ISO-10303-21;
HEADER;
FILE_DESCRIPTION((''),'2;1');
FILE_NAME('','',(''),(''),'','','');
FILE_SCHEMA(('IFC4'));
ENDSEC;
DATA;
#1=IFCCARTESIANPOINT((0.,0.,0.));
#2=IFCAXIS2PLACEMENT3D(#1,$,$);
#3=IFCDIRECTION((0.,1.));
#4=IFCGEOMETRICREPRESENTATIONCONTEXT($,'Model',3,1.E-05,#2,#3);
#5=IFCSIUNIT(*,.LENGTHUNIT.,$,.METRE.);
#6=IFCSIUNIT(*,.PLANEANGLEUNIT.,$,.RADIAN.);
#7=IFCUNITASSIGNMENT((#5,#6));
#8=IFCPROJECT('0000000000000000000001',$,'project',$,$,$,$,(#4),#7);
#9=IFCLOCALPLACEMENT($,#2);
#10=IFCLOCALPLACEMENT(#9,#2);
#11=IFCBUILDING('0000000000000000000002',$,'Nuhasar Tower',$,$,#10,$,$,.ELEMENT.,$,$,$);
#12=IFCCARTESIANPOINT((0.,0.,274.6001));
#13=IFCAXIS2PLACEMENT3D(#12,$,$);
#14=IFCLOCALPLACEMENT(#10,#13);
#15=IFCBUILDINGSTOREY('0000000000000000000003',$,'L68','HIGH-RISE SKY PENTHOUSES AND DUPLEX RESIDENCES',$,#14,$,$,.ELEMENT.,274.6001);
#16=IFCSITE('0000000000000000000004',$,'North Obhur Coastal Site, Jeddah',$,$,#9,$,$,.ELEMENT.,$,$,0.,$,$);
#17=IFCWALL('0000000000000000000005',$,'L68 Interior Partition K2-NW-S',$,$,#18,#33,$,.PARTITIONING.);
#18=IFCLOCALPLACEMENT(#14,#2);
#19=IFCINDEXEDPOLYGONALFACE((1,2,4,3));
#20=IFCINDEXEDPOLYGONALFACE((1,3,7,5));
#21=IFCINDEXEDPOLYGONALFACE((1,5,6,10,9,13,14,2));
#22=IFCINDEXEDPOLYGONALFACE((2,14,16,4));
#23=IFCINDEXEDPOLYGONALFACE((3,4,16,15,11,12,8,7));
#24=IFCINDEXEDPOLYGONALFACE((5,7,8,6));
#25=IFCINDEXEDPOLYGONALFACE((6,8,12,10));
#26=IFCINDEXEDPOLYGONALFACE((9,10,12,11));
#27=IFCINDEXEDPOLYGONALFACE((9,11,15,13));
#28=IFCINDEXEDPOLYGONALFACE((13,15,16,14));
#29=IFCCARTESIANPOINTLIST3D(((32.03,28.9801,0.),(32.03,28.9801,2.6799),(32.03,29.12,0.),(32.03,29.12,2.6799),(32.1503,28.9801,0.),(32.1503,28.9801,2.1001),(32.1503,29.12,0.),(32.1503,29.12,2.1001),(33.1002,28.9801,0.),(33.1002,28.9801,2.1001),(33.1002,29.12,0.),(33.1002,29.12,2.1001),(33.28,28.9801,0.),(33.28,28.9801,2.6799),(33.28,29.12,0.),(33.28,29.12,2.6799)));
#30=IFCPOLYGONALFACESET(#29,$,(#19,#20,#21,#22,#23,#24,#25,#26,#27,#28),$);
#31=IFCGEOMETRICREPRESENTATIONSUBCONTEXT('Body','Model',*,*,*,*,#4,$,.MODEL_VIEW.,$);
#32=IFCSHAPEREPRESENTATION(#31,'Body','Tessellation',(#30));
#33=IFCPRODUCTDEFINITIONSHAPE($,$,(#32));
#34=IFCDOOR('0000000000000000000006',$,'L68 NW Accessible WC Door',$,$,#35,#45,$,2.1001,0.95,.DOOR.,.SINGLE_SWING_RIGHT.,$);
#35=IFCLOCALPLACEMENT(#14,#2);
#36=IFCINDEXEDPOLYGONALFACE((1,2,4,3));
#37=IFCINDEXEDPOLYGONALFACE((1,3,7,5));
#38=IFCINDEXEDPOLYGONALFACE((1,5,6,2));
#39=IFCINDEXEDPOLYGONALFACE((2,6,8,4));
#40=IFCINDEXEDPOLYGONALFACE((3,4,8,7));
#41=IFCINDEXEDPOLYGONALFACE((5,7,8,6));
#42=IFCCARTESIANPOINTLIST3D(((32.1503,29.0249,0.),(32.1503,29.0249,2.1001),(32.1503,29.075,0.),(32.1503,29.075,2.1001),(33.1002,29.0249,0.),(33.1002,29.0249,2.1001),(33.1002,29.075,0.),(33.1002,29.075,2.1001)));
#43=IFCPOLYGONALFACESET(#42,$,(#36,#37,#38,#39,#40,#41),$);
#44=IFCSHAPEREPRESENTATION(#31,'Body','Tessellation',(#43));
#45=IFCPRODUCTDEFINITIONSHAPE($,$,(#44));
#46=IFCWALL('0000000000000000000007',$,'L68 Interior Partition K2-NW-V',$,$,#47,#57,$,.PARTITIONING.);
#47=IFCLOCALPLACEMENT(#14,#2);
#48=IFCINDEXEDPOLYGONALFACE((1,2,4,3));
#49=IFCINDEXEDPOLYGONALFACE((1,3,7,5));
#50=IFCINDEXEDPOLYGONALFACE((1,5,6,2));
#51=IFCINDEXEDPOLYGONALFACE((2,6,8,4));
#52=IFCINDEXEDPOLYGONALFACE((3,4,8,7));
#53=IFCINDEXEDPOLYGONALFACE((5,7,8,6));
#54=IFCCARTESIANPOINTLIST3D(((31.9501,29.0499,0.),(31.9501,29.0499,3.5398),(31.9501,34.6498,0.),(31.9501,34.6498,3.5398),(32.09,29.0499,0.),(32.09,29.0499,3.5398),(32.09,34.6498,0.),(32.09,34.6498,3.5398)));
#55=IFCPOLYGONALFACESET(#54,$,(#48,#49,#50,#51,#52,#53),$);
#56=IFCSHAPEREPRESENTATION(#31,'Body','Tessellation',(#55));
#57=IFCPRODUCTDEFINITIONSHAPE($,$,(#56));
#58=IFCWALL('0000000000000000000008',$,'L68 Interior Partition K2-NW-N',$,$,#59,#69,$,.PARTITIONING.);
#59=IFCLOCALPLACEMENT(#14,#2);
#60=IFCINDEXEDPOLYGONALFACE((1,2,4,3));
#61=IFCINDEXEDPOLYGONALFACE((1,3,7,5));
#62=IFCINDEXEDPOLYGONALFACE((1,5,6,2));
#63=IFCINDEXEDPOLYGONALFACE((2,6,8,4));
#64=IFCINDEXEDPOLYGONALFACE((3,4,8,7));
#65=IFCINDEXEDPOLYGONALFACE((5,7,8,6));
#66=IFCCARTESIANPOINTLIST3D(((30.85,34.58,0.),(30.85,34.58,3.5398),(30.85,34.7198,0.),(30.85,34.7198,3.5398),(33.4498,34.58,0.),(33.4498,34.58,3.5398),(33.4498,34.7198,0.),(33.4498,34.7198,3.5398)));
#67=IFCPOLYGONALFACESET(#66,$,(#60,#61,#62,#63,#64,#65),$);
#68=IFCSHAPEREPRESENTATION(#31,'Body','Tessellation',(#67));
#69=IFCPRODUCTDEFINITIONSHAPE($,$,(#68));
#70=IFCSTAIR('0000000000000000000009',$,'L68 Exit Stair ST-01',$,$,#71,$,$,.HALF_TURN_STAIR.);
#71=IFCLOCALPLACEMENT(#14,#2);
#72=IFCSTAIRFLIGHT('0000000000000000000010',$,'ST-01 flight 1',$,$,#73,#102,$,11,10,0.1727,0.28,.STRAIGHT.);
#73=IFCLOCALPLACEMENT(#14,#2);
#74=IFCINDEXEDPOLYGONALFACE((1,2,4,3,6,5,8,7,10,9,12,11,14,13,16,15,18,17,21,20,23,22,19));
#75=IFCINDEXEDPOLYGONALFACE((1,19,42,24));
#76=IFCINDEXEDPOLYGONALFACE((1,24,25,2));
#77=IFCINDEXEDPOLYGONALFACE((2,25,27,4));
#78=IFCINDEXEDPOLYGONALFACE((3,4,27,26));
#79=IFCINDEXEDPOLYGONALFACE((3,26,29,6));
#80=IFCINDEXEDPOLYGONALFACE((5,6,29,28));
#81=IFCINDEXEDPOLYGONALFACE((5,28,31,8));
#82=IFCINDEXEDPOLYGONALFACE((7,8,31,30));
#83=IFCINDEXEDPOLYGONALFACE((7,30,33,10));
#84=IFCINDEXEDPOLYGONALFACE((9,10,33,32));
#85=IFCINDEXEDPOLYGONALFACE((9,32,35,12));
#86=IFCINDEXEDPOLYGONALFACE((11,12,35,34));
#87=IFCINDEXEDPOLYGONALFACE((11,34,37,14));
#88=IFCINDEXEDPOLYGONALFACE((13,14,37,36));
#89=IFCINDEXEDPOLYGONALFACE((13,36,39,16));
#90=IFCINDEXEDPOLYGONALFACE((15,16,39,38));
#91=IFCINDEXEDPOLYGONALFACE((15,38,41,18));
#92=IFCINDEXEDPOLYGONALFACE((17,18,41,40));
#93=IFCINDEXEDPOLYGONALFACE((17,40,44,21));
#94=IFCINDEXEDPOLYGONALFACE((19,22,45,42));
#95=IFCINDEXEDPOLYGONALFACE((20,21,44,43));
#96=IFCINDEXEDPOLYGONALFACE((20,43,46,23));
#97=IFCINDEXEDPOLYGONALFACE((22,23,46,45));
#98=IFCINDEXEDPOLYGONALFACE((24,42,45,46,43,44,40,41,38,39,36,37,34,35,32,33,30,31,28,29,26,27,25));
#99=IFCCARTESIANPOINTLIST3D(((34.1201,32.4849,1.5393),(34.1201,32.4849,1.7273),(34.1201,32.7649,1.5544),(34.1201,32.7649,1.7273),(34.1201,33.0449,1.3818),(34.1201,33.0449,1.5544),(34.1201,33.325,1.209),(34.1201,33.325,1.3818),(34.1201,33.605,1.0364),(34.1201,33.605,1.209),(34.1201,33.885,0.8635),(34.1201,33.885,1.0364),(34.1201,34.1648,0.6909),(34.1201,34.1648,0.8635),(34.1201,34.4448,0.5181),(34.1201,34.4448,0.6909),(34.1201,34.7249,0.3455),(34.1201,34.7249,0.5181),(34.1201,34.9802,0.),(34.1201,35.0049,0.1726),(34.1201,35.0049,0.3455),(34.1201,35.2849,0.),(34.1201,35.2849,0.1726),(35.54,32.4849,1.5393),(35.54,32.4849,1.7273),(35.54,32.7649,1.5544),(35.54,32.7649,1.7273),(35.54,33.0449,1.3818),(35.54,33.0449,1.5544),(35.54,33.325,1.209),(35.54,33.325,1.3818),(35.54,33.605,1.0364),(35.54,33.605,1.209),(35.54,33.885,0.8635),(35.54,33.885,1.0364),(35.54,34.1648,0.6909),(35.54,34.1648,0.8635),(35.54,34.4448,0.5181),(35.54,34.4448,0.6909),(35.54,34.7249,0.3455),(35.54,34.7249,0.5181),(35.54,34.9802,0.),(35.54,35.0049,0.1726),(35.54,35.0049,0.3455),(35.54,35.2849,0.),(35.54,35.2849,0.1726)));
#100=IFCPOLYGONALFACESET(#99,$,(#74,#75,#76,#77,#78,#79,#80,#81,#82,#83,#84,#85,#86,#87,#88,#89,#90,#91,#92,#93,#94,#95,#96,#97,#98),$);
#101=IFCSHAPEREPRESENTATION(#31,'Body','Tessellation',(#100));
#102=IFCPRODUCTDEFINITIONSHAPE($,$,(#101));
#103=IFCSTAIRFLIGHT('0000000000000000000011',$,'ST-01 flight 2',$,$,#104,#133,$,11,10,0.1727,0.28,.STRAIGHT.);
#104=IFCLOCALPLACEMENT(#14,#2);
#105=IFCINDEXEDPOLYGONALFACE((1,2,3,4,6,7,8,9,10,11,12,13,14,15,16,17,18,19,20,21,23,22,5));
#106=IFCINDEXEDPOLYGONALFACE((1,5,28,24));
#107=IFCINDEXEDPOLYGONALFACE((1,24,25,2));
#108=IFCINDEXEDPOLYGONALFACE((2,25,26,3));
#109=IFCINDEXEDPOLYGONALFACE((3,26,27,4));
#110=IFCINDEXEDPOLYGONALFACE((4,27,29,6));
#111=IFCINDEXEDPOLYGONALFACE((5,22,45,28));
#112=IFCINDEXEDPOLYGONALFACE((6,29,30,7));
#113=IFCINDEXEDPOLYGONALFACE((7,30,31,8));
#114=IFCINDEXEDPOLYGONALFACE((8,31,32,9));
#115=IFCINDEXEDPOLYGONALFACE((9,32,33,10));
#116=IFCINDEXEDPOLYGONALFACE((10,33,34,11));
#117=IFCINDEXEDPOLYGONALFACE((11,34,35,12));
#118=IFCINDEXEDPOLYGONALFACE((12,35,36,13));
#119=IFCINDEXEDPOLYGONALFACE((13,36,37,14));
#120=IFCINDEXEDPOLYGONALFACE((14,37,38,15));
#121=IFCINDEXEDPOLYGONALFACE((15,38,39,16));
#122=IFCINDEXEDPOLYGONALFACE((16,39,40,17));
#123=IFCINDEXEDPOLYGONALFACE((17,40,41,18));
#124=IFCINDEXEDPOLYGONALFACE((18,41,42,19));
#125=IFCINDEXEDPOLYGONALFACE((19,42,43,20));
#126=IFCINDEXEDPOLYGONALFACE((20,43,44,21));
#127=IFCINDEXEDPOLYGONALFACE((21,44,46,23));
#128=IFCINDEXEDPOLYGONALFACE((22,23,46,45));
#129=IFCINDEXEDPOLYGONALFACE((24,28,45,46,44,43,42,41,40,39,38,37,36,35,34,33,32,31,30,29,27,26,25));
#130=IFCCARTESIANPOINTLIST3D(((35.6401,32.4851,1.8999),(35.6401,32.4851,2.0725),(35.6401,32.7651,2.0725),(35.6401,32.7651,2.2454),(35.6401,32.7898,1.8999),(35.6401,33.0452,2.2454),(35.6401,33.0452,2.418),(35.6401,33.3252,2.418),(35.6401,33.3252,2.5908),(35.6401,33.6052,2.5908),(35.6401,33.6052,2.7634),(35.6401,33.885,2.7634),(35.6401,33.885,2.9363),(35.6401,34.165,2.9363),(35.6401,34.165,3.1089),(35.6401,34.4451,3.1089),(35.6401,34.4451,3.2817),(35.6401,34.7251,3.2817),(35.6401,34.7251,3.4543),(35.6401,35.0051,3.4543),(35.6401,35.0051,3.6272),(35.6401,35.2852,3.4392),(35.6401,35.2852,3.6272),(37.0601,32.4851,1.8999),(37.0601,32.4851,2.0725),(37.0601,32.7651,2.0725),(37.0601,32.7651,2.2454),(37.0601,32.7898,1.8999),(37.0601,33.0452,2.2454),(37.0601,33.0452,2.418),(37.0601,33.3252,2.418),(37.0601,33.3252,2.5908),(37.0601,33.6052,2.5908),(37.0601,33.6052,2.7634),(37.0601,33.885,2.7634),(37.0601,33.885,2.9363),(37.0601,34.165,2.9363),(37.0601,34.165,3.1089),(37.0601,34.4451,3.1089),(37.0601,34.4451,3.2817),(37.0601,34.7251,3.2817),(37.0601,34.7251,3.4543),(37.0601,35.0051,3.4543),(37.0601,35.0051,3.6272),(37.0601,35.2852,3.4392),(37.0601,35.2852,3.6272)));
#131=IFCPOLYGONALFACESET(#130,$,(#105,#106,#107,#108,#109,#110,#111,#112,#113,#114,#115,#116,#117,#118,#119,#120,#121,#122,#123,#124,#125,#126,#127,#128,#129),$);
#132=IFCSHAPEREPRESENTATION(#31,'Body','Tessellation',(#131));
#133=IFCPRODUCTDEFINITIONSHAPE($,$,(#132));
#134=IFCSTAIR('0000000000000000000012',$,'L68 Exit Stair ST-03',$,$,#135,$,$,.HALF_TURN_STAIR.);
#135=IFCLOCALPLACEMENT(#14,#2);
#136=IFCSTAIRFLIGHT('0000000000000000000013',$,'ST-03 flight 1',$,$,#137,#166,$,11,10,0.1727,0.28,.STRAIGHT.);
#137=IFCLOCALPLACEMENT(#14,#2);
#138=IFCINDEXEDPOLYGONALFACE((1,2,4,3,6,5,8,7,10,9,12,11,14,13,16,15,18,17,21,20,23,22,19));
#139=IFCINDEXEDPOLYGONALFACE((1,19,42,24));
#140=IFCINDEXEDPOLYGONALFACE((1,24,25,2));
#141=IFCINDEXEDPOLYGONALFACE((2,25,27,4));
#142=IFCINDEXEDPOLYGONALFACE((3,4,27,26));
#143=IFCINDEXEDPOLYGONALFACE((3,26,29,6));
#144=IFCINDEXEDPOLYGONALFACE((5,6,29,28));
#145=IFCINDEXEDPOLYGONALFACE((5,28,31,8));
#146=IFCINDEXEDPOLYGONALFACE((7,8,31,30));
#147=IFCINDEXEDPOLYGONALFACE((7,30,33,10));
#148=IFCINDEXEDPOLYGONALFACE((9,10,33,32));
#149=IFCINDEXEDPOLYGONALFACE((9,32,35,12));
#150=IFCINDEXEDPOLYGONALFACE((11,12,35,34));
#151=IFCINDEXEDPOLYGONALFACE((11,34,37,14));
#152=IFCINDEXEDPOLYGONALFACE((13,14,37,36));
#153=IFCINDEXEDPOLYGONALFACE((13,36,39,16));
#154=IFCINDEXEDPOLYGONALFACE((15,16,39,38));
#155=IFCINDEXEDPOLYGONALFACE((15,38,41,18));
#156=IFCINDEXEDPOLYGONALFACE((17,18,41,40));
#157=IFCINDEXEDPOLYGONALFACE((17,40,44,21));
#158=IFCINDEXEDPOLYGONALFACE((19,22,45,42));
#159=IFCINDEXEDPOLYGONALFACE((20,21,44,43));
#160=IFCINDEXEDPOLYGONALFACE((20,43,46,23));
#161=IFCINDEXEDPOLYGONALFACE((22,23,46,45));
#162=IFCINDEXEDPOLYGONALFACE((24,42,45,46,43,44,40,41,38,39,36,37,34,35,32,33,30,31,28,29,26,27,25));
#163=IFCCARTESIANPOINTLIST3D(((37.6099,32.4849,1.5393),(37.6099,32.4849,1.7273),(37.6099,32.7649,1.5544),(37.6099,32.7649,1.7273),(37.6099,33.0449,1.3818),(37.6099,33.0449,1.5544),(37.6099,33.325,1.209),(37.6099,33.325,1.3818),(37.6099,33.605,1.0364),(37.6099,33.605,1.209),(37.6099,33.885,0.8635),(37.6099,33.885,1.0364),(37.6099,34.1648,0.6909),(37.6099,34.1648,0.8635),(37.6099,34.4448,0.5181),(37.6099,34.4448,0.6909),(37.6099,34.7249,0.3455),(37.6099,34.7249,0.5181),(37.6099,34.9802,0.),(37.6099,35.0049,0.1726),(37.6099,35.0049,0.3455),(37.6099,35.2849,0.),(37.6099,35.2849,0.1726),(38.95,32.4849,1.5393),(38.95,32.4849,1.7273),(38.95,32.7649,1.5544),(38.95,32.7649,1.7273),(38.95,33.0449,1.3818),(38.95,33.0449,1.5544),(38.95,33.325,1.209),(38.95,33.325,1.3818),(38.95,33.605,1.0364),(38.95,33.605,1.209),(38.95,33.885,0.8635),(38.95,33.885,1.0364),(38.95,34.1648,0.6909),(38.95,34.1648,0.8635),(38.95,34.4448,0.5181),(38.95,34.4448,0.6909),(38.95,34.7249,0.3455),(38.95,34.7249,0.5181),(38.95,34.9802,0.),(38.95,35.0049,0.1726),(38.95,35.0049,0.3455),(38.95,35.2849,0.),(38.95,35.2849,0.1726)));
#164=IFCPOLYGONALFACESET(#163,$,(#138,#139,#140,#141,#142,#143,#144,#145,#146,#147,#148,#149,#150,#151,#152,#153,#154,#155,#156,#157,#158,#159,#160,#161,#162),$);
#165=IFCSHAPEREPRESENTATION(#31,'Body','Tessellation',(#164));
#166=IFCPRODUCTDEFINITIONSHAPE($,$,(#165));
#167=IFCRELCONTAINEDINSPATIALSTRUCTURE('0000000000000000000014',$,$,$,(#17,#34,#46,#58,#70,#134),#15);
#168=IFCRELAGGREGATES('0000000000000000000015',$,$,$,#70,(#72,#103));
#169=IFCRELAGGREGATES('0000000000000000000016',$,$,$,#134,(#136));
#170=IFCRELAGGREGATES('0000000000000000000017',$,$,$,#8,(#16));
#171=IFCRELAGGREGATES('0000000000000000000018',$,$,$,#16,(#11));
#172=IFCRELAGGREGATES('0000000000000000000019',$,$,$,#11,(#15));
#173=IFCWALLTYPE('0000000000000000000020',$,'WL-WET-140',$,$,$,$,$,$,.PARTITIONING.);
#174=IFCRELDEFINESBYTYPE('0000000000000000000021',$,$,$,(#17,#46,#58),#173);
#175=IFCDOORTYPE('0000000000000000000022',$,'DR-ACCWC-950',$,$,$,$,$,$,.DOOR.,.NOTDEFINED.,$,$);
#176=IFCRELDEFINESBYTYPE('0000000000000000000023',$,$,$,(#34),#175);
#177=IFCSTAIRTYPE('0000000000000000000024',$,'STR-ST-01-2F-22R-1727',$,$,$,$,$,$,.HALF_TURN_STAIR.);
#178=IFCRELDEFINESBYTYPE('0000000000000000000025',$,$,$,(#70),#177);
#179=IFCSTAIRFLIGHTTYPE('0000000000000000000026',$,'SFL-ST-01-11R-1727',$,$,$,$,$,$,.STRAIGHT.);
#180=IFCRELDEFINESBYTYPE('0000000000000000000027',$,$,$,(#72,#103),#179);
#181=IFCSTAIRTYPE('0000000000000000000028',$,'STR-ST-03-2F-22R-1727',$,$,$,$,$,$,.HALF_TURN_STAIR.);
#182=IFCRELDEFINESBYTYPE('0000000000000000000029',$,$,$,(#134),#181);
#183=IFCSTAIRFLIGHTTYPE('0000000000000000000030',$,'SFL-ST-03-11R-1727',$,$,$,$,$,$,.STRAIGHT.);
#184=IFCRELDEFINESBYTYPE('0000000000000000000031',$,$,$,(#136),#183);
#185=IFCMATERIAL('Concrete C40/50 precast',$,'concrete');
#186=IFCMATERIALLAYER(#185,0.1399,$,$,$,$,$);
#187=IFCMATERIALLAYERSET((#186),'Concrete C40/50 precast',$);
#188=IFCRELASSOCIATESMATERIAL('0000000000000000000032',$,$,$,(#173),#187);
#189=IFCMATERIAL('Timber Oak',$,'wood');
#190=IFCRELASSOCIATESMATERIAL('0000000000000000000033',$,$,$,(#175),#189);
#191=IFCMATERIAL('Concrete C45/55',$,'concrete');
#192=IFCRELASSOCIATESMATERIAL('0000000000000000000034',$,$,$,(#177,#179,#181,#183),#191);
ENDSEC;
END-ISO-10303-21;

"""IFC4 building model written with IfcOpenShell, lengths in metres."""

from ifc_helpers import new_model, si_unit, direction, frame, frame_2d, origin, place, context, subcontext, project, spatial, polyline, rectangle, outline, extrude, material, layer, layer_set, type_object, element, fill, aggregate, save


model = new_model("IFC4")

# Units and contexts
model_context = context("Model", 3, precision=1e-05, world=origin(), true_north=direction((0.0, 1.0)))
body_context = subcontext(model_context, "Body", "Model", "MODEL_VIEW")
ifc_project = project(units=[si_unit("LENGTHUNIT", "METRE"), si_unit("PLANEANGLEUNIT", "RADIAN")], contexts=[model_context])

# Site, building, storey
site_placement = place(None, origin())
site = spatial("IfcSite", under=ifc_project, at=site_placement, Name="North Obhur Coastal Site, Jeddah", CompositionType="ELEMENT", RefElevation=0.0)
building_placement = place(site_placement, origin())
building = spatial("IfcBuilding", under=site, at=building_placement, Name="Nuhasar Tower", CompositionType="ELEMENT")
storey_placement = place(building_placement, frame((0.0, 0.0, 274.6001)))
storey = spatial("IfcBuildingStorey", under=building, at=storey_placement, Name="L68", Description="HIGH-RISE SKY PENTHOUSES AND DUPLEX RESIDENCES", CompositionType="ELEMENT", Elevation=274.6001)

# Shared definitions
ifc_material_1 = material(Name="Concrete C40/50 precast", Category="concrete")
ifc_layer_1 = layer(ifc_material_1, 0.1399)
ifc_layer_set_1 = layer_set([ifc_layer_1], Name="Concrete C40/50 precast")
wall_type_1 = type_object("IfcWallType", Name="WL-WET-140", PredefinedType="PARTITIONING", material=ifc_layer_set_1)

# Wall, opening, door
wall_1_placement = place(storey_placement, frame((32.03, 29.05, 0.0), z_axis=(0.0, 0.0, 1.0), x_axis=(1.0, 0.0, 0.0)))
wall_1 = element("IfcWall", 1, at=wall_1_placement, inside=storey, type_object=wall_type_1, Name="L68 Interior Partition K2-NW-S", PredefinedType="PARTITIONING", context=body_context, shape_type="SweptSolid", body=[
    extrude(rectangle(XDim=1.25, YDim=0.1399, at=frame_2d((0.625, 0.0))), origin(), (0.0, 0.0, 1.0), 2.6799),
])
opening_placement = place(wall_1_placement, frame((0.1201, 0.0, 0.0)))
opening = element("IfcOpeningElement", 2, at=opening_placement, cuts=wall_1, PredefinedType="OPENING", context=body_context, shape_type="SweptSolid", body=[
    extrude(rectangle(XDim=0.95, YDim=2.1001, at=frame_2d((0.4751, 1.05))), frame((0.0, 0.0801, 0.0), z_axis=(0.0, -1.0, 0.0), x_axis=(1.0, 0.0, 0.0)), (0.0, 0.0, 1.0), 0.1599),
])
ifc_material_2 = material(Name="Timber Oak", Category="wood")
door_type = type_object("IfcDoorType", Name="DR-ACCWC-950", OperationType="NOTDEFINED", PredefinedType="DOOR", material=ifc_material_2)
door_placement = place(opening_placement, origin())
door = element("IfcDoor", 3, at=door_placement, inside=storey, type_object=door_type, Name="L68 NW Accessible WC Door", OperationType="SINGLE_SWING_RIGHT", OverallHeight=2.1001, OverallWidth=0.95, PredefinedType="DOOR", context=body_context, shape_type="SweptSolid", body=[
    extrude(rectangle(XDim=0.95, YDim=2.1001, at=frame_2d((0.4751, 1.05))), frame((0.0, 0.0249, 0.0), z_axis=(0.0, -1.0, 0.0), x_axis=(1.0, 0.0, 0.0)), (0.0, 0.0, 1.0), 0.05),
])
fill(opening, door)

# Walls
wall_2_placement = place(storey_placement, frame((32.02, 29.05, 0.0), z_axis=(0.0, 0.0, 1.0), x_axis=(0.0, 1.0, 0.0)))
element("IfcWall", 4, at=wall_2_placement, inside=storey, type_object=wall_type_1, Name="L68 Interior Partition K2-NW-V", PredefinedType="PARTITIONING", context=body_context, shape_type="SweptSolid", body=[
    extrude(rectangle(XDim=5.5999, YDim=0.1399, at=frame_2d((2.7998, 0.0))), origin(), (0.0, 0.0, 1.0), 3.5398),
])
wall_3_placement = place(storey_placement, frame((30.8501, 34.6499, 0.0), z_axis=(0.0, 0.0, 1.0), x_axis=(1.0, 0.0, 0.0)))
element("IfcWall", 5, at=wall_3_placement, inside=storey, type_object=wall_type_1, Name="L68 Interior Partition K2-NW-N", PredefinedType="PARTITIONING", context=body_context, shape_type="SweptSolid", body=[
    extrude(rectangle(XDim=2.5999, YDim=0.1399, at=frame_2d((1.2998, 0.0))), origin(), (0.0, 0.0, 1.0), 3.5398),
])

# Stair, stair flights
ifc_material_3 = material(Name="Concrete C45/55", Category="concrete")
stair_type_1 = type_object("IfcStairType", Name="STR-ST-01-2F-22R-1727", PredefinedType="HALF_TURN_STAIR", material=ifc_material_3)
stair_1_placement = place(storey_placement, origin())
stair_1 = element("IfcStair", 6, at=stair_1_placement, inside=storey, type_object=stair_type_1, Name="L68 Exit Stair ST-01", PredefinedType="HALF_TURN_STAIR")
stair_flight_type_1 = type_object("IfcStairFlightType", Name="SFL-ST-01-11R-1727", PredefinedType="STRAIGHT", material=ifc_material_3)
stair_flight_1_placement = place(storey_placement, frame((34.8301, 35.2849, 0.0), z_axis=(0.0, 0.0, 1.0), x_axis=(0.0, -1.0, 0.0)))
stair_flight_1 = element("IfcStairFlight", 7, at=stair_flight_1_placement, type_object=stair_flight_type_1, Name="ST-01 flight 1", NumberOfRisers=11, NumberOfTreads=10, PredefinedType="STRAIGHT", RiserHeight=0.1727, TreadLength=0.28, context=body_context, shape_type="SweptSolid", body=[
    extrude(outline(polyline([(0.0, 0.0), (0.0, 0.1726), (0.28, 0.1726), (0.28, 0.3455), (0.5601, 0.3455), (0.5601, 0.5181), (0.8401, 0.5181), (0.8401, 0.6909), (1.1201, 0.6909), (1.1201, 0.8635), (1.3999, 0.8635), (1.3999, 1.0364), (1.6799, 1.0364), (1.6799, 1.209), (1.96, 1.209), (1.96, 1.3818), (2.24, 1.3818), (2.24, 1.5544), (2.52, 1.5544), (2.52, 1.7273), (2.8, 1.7273), (2.8, 1.8999), (2.8, 1.5393), (0.3047, 0.0), (0.0, 0.0)])), frame((0.0, 0.71, 0.0), z_axis=(0.0, -1.0, 0.0), x_axis=(1.0, 0.0, 0.0)), (0.0, 0.0, 1.0), 1.4199),
])
stair_flight_2_placement = place(storey_placement, frame((36.3501, 32.4851, 1.8999), z_axis=(0.0, 0.0, 1.0), x_axis=(0.0, 1.0, 0.0)))
stair_flight_2 = element("IfcStairFlight", 8, at=stair_flight_2_placement, type_object=stair_flight_type_1, Name="ST-01 flight 2", NumberOfRisers=11, NumberOfTreads=10, PredefinedType="STRAIGHT", RiserHeight=0.1727, TreadLength=0.28, context=body_context, shape_type="SweptSolid", body=[
    extrude(outline(polyline([(0.0, 0.0), (0.0, 0.1726), (0.28, 0.1726), (0.28, 0.3455), (0.5601, 0.3455), (0.5601, 0.5181), (0.8401, 0.5181), (0.8401, 0.6909), (1.1201, 0.6909), (1.1201, 0.8635), (1.3999, 0.8635), (1.3999, 1.0364), (1.6799, 1.0364), (1.6799, 1.209), (1.96, 1.209), (1.96, 1.3818), (2.24, 1.3818), (2.24, 1.5544), (2.52, 1.5544), (2.52, 1.7273), (2.8, 1.7273), (2.8, 1.8999), (2.8, 1.5393), (0.3047, 0.0), (0.0, 0.0)])), frame((0.0, 0.71, 0.0), z_axis=(0.0, -1.0, 0.0), x_axis=(1.0, 0.0, 0.0)), (0.0, 0.0, 1.0), 1.4199),
])
aggregate(stair_1, [stair_flight_1, stair_flight_2])

# Stair, stair flight
stair_type_2 = type_object("IfcStairType", Name="STR-ST-03-2F-22R-1727", PredefinedType="HALF_TURN_STAIR", material=ifc_material_3)
stair_2_placement = place(storey_placement, origin())
stair_2 = element("IfcStair", 9, at=stair_2_placement, inside=storey, type_object=stair_type_2, Name="L68 Exit Stair ST-03", PredefinedType="HALF_TURN_STAIR")
stair_flight_type_2 = type_object("IfcStairFlightType", Name="SFL-ST-03-11R-1727", PredefinedType="STRAIGHT", material=ifc_material_3)
stair_flight_3_placement = place(storey_placement, frame((38.28, 35.2849, 0.0), z_axis=(0.0, 0.0, 1.0), x_axis=(0.0, -1.0, 0.0)))
stair_flight_3 = element("IfcStairFlight", 10, at=stair_flight_3_placement, type_object=stair_flight_type_2, Name="ST-03 flight 1", NumberOfRisers=11, NumberOfTreads=10, PredefinedType="STRAIGHT", RiserHeight=0.1727, TreadLength=0.28, context=body_context, shape_type="SweptSolid", body=[
    extrude(outline(polyline([(0.0, 0.0), (0.0, 0.1726), (0.28, 0.1726), (0.28, 0.3455), (0.5601, 0.3455), (0.5601, 0.5181), (0.8401, 0.5181), (0.8401, 0.6909), (1.1201, 0.6909), (1.1201, 0.8635), (1.3999, 0.8635), (1.3999, 1.0364), (1.6799, 1.0364), (1.6799, 1.209), (1.96, 1.209), (1.96, 1.3818), (2.24, 1.3818), (2.24, 1.5544), (2.52, 1.5544), (2.52, 1.7273), (2.8, 1.7273), (2.8, 1.8999), (2.8, 1.5393), (0.3047, 0.0), (0.0, 0.0)])), frame((0.0, 0.6699, 0.0), z_axis=(0.0, -1.0, 0.0), x_axis=(1.0, 0.0, 0.0)), (0.0, 0.0, 1.0), 1.3401),
])
aggregate(stair_2, [stair_flight_3])

save(model, "model.ifc")
